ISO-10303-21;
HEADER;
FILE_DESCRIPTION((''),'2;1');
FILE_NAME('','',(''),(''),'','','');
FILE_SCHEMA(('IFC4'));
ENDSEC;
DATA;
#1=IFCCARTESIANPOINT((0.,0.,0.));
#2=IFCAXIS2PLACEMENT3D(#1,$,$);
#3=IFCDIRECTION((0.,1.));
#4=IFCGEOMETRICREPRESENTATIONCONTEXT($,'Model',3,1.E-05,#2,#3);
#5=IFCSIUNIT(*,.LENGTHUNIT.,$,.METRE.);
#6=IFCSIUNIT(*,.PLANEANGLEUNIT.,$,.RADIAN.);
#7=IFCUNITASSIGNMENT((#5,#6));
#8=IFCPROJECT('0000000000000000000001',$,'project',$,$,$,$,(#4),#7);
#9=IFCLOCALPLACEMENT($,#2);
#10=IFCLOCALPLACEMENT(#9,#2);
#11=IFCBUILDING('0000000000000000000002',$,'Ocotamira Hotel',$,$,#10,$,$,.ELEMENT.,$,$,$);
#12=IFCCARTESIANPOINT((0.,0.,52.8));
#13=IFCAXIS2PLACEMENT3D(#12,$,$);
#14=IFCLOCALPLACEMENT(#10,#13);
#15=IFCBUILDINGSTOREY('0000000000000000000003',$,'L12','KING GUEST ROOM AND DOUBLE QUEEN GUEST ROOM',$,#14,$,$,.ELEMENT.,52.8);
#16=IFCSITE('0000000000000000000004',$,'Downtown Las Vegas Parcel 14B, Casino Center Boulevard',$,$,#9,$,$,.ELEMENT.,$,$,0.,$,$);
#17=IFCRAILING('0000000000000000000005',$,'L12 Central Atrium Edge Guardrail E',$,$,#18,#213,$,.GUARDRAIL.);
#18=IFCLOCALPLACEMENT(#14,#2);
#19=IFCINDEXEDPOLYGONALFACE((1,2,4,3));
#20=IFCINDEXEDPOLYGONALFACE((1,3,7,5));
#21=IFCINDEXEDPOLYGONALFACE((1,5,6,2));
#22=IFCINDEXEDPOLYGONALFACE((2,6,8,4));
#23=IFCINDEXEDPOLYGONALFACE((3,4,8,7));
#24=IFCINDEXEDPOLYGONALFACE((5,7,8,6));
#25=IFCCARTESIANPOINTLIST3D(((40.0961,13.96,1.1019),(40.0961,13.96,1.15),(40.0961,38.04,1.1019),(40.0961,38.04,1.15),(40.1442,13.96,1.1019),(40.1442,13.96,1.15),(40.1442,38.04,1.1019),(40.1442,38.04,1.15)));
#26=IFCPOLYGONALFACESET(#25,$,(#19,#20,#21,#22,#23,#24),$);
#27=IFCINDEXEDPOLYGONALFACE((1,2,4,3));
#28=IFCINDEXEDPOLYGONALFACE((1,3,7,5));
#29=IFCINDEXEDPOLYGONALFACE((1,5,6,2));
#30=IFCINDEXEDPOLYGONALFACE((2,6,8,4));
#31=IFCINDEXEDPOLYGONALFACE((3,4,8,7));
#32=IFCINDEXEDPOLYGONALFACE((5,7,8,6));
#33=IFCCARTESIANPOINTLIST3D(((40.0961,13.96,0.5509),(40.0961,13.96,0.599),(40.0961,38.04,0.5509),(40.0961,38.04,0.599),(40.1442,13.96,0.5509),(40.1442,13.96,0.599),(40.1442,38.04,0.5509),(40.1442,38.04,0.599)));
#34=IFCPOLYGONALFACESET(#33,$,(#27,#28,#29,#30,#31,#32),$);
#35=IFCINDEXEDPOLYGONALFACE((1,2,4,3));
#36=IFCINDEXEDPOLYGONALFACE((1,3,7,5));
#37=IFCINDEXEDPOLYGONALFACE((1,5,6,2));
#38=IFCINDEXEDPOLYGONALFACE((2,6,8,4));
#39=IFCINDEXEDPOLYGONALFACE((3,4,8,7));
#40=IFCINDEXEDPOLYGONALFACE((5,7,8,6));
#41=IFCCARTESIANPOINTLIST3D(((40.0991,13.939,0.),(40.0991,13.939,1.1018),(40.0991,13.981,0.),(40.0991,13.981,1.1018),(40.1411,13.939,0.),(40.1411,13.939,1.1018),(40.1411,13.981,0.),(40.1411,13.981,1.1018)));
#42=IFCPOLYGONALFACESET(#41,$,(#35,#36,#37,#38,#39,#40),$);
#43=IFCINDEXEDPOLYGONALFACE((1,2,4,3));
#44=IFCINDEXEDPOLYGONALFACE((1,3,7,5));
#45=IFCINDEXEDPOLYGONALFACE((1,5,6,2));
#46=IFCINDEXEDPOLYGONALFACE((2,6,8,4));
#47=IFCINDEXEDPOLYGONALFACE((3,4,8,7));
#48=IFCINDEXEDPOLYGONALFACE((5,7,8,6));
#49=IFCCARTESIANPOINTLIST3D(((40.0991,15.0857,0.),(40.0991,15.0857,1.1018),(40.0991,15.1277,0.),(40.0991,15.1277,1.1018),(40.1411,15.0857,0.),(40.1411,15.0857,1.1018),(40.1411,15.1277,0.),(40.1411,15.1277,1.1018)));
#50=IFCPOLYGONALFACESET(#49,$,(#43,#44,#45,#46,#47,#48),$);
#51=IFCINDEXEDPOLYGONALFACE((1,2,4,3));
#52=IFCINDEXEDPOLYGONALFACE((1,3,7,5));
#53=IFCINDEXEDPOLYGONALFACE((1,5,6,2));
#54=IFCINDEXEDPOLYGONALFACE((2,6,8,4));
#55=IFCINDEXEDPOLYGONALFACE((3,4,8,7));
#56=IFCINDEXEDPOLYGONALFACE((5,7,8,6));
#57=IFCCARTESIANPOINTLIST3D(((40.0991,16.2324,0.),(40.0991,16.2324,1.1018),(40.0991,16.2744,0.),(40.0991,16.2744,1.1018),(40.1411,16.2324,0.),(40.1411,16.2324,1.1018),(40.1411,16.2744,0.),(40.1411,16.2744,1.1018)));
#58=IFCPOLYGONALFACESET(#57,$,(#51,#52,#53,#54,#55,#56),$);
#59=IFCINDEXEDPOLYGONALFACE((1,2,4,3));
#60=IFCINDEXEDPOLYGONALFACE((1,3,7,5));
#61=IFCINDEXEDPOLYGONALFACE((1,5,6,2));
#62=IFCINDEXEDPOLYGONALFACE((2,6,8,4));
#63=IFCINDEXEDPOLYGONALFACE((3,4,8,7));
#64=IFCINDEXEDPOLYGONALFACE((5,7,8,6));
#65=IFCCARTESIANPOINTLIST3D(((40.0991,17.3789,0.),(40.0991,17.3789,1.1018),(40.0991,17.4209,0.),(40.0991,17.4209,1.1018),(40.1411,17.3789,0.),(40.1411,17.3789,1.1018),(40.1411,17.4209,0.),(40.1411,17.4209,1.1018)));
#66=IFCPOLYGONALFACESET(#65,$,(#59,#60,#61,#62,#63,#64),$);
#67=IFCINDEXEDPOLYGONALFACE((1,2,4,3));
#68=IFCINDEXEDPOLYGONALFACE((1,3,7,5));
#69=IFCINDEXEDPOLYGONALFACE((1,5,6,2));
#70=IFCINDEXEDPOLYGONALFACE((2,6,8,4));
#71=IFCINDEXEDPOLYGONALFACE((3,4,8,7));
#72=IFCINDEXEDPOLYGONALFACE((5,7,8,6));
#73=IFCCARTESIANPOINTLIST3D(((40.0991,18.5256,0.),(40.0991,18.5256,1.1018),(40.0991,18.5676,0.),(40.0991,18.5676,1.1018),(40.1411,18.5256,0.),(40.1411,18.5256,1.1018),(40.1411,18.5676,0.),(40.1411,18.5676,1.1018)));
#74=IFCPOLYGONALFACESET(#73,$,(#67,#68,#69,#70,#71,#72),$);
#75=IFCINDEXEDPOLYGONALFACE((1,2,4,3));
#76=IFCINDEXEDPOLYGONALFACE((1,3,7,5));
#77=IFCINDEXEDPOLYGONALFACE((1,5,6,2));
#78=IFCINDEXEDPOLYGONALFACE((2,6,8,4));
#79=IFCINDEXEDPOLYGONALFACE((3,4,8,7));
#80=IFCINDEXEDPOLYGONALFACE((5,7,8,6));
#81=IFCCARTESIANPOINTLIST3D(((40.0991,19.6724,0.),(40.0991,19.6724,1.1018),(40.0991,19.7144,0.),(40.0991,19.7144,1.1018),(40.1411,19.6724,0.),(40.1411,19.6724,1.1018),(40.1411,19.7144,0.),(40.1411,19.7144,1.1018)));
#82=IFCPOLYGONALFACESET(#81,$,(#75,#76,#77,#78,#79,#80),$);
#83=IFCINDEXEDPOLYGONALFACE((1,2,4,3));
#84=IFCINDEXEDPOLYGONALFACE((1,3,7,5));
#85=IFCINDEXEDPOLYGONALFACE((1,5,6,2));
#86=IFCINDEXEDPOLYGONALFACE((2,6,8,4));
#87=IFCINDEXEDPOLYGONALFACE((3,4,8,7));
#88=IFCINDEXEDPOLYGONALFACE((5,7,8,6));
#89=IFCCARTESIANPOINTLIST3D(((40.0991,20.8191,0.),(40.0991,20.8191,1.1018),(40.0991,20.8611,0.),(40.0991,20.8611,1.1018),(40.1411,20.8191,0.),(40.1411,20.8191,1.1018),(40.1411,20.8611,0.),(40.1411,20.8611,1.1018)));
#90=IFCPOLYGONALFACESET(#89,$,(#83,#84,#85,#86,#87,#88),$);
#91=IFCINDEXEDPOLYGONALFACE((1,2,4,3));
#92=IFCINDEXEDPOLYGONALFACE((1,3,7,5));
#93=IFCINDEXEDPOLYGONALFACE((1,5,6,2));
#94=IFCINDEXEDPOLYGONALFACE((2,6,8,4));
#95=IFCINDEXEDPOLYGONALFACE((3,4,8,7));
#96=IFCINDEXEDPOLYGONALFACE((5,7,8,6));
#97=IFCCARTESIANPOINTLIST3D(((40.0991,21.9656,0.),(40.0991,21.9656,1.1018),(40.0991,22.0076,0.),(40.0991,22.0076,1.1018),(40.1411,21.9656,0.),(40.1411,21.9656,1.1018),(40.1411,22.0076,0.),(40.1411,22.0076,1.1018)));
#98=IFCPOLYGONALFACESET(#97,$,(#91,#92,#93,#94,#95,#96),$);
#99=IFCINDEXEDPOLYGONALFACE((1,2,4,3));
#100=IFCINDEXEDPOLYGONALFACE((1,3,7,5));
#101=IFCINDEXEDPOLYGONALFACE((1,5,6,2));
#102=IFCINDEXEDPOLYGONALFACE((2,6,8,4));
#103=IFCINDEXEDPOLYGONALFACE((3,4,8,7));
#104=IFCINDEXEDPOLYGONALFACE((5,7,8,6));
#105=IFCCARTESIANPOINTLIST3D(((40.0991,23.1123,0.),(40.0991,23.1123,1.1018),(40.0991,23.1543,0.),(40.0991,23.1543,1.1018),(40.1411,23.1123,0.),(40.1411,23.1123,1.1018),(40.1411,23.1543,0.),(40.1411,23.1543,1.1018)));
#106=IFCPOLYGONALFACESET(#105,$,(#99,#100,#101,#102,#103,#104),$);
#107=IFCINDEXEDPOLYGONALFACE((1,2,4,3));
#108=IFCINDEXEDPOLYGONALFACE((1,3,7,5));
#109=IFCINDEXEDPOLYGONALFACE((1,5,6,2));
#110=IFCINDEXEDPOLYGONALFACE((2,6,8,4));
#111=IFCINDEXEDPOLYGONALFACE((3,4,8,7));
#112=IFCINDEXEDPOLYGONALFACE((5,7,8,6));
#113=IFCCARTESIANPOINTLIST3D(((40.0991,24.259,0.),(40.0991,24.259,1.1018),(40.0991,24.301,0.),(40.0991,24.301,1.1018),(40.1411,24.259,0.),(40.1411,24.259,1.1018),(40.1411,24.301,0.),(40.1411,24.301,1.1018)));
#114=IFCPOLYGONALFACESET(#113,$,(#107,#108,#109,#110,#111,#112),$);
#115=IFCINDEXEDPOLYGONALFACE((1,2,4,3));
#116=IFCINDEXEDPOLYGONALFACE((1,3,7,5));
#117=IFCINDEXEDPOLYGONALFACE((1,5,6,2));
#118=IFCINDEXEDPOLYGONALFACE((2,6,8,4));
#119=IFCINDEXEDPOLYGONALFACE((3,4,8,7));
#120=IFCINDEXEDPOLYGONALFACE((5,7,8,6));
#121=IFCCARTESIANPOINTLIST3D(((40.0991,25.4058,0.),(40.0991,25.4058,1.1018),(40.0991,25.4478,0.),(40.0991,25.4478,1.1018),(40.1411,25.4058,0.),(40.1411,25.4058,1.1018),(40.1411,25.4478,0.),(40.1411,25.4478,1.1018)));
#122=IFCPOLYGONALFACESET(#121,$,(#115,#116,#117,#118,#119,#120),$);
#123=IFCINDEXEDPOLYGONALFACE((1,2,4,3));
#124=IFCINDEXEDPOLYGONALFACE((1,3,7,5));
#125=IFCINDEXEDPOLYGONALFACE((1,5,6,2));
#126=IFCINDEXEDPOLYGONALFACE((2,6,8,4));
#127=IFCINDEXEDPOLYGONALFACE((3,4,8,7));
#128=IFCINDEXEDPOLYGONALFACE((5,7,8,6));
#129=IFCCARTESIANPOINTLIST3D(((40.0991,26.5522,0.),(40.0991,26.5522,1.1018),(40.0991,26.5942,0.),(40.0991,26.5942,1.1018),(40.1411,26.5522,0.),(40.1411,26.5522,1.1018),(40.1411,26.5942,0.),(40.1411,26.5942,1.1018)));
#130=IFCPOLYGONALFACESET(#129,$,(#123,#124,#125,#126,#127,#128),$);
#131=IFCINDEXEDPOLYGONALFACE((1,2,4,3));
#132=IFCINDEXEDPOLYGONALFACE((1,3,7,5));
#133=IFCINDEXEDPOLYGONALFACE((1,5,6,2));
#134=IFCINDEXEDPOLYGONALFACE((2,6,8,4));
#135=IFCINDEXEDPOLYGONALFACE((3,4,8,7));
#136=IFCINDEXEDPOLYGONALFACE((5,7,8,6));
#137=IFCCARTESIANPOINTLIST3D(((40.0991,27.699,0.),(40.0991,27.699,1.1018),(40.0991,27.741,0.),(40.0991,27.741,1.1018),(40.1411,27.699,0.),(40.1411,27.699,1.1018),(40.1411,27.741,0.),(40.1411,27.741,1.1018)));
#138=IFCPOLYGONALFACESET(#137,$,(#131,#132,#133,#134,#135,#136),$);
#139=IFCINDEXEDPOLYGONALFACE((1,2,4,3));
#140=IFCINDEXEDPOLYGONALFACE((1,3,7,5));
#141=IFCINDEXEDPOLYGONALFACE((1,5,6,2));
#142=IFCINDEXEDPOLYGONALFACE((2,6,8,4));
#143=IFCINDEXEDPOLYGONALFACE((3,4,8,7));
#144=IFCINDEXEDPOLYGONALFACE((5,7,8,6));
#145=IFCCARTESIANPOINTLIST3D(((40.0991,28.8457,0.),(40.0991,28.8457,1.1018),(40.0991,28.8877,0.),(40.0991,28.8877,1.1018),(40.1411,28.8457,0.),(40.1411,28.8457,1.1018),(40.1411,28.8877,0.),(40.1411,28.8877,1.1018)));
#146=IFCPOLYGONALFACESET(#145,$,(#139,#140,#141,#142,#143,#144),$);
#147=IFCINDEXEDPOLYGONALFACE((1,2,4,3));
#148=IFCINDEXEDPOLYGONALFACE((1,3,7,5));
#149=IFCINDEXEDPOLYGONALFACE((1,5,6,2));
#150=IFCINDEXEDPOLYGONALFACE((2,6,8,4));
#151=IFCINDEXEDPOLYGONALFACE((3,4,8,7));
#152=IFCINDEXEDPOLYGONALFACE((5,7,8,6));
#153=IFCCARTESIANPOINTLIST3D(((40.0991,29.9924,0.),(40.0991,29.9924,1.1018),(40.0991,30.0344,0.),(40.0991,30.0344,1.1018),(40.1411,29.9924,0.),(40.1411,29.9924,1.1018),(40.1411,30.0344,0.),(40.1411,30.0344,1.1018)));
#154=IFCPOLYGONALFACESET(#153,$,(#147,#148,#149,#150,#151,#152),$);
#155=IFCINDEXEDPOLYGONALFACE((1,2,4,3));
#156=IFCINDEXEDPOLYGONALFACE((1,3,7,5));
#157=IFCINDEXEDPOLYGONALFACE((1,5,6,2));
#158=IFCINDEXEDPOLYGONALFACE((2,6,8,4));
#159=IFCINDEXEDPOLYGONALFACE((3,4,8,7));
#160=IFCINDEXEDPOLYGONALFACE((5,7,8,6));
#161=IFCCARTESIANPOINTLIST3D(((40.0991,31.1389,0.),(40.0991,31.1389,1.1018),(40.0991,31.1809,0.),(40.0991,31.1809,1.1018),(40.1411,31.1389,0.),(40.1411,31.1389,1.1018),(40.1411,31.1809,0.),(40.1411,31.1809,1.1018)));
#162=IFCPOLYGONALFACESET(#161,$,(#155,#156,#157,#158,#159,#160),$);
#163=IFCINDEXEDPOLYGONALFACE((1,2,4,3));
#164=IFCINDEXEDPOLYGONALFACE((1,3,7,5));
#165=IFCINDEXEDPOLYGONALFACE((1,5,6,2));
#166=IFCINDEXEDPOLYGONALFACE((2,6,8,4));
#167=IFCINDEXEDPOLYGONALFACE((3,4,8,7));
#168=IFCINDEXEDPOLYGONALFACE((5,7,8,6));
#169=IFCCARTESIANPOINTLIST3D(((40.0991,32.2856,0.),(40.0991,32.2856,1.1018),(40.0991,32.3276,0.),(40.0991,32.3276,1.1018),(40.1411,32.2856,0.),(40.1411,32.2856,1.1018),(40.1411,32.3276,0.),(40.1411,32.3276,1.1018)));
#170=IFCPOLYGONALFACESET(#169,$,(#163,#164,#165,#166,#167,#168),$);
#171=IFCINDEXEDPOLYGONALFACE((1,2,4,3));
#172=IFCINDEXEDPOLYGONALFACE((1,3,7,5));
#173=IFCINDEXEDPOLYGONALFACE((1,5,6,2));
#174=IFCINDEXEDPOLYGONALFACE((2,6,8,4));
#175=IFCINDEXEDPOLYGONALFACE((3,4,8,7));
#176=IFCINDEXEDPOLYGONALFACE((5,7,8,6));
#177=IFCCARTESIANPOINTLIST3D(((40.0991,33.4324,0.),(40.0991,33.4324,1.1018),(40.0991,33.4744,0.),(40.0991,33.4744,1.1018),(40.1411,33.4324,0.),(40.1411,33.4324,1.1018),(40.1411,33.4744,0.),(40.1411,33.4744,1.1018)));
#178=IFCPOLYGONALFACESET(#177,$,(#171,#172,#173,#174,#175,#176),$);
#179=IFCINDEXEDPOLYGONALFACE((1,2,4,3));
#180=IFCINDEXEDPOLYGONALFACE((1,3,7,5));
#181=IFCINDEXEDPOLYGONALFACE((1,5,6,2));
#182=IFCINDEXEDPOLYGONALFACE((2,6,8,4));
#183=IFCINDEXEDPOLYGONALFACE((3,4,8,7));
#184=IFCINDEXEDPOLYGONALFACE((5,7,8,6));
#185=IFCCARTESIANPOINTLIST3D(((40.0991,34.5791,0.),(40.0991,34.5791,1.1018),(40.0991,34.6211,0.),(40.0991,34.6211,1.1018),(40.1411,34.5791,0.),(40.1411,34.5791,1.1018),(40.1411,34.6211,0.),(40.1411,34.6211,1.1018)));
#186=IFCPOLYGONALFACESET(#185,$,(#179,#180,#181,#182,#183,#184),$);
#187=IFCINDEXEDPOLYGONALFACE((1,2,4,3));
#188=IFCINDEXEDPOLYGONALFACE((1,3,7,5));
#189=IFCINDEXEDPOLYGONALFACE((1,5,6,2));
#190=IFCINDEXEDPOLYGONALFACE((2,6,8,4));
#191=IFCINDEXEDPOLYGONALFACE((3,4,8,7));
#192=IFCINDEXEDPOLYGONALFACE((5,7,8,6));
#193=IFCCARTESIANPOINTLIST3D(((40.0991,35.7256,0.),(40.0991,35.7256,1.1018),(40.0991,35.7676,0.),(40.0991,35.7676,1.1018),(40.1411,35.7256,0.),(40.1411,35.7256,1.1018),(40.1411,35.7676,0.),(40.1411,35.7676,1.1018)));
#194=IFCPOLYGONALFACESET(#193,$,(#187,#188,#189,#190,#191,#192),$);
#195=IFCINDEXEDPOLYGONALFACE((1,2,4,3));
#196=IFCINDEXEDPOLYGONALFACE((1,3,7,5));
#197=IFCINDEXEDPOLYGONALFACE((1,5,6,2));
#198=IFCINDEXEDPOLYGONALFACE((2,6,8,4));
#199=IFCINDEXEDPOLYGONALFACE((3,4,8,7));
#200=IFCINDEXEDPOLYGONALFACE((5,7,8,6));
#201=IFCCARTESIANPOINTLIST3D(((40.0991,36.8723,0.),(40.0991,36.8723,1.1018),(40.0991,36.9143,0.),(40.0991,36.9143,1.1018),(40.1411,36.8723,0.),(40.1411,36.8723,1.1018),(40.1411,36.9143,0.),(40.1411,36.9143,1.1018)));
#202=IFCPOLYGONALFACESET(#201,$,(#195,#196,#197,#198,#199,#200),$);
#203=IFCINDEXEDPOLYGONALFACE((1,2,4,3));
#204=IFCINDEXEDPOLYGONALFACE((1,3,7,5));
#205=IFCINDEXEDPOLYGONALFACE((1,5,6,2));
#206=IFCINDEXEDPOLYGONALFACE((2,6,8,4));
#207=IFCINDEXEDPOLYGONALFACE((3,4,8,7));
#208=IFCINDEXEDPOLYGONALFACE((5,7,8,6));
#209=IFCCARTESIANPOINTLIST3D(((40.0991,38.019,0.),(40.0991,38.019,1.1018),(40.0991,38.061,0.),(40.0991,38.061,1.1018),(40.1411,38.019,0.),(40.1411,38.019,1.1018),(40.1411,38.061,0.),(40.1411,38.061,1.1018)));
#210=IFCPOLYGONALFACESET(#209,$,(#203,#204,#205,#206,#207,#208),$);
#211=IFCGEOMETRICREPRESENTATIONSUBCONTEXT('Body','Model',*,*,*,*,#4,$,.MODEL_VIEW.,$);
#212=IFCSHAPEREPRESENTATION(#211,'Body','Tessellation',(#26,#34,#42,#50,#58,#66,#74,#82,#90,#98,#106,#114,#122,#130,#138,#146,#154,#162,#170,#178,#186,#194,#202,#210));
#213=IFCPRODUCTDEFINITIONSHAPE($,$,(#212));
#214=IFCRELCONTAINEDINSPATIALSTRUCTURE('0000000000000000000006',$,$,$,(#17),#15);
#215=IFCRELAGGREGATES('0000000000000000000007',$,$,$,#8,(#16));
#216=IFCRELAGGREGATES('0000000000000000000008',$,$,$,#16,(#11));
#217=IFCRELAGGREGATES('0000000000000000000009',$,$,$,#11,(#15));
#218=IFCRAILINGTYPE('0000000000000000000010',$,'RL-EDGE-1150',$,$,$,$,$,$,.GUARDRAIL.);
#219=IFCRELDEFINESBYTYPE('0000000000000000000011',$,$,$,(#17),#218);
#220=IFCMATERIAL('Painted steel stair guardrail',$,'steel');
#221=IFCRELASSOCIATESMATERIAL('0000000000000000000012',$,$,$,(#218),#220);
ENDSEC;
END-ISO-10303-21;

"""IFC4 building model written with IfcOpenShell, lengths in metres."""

from ifc_helpers import new_model, si_unit, direction, frame, origin, origin_2d, place, context, subcontext, project, spatial, rectangle, extrude, material, type_object, element, save


model = new_model("IFC4")

# Units and contexts
model_context = context("Model", 3, precision=1e-05, world=origin(), true_north=direction((0.0, 1.0)))
body_context = subcontext(model_context, "Body", "Model", "MODEL_VIEW")
ifc_project = project(units=[si_unit("LENGTHUNIT", "METRE"), si_unit("PLANEANGLEUNIT", "RADIAN")], contexts=[model_context])

# Site, building, storey
site_placement = place(None, origin())
site = spatial("IfcSite", under=ifc_project, at=site_placement, Name="Downtown Las Vegas Parcel 14B, Casino Center Boulevard", CompositionType="ELEMENT", RefElevation=0.0)
building_placement = place(site_placement, origin())
building = spatial("IfcBuilding", under=site, at=building_placement, Name="Ocotamira Hotel", CompositionType="ELEMENT")
storey_placement = place(building_placement, frame((0.0, 0.0, 52.8)))
storey = spatial("IfcBuildingStorey", under=building, at=storey_placement, Name="L12", Description="KING GUEST ROOM AND DOUBLE QUEEN GUEST ROOM", CompositionType="ELEMENT", Elevation=52.8)

# Railing
ifc_material_1 = material(Name="Painted steel stair guardrail", Category="steel")
railing_type = type_object("IfcRailingType", Name="RL-EDGE-1150", PredefinedType="GUARDRAIL", material=ifc_material_1)
railing_placement = place(storey_placement, frame((40.1201, 13.96, 0.0)))
element("IfcRailing", 1, at=railing_placement, inside=storey, type_object=railing_type, Name="L12 Central Atrium Edge Guardrail E", PredefinedType="GUARDRAIL", context=body_context, shape_type="SweptSolid", body=[
    extrude(rectangle(XDim=0.0481, YDim=0.0481, at=origin_2d()), frame((0.0, 0.0, 1.126), z_axis=(0.0, 1.0, 0.0), x_axis=(-1.0, 0.0, 0.0)), (0.0, 0.0, 1.0), 24.0801),
    extrude(rectangle(XDim=0.0481, YDim=0.0481, at=origin_2d()), frame((0.0, 0.0, 0.575), z_axis=(0.0, 1.0, 0.0), x_axis=(-1.0, 0.0, 0.0)), (0.0, 0.0, 1.0), 24.0801),
    extrude(rectangle(XDim=0.042, YDim=0.042, at=origin_2d()), origin(), (0.0, 0.0, 1.0), 1.1018),
    extrude(rectangle(XDim=0.042, YDim=0.042, at=origin_2d()), frame((0.0, 1.1467, 0.0)), (0.0, 0.0, 1.0), 1.1018),
    extrude(rectangle(XDim=0.042, YDim=0.042, at=origin_2d()), frame((0.0, 2.2935, 0.0)), (0.0, 0.0, 1.0), 1.1018),
    extrude(rectangle(XDim=0.042, YDim=0.042, at=origin_2d()), frame((0.0, 3.4399, 0.0)), (0.0, 0.0, 1.0), 1.1018),
    extrude(rectangle(XDim=0.042, YDim=0.042, at=origin_2d()), frame((0.0, 4.5867, 0.0)), (0.0, 0.0, 1.0), 1.1018),
    extrude(rectangle(XDim=0.042, YDim=0.042, at=origin_2d()), frame((0.0, 5.7334, 0.0)), (0.0, 0.0, 1.0), 1.1018),
    extrude(rectangle(XDim=0.042, YDim=0.042, at=origin_2d()), frame((0.0, 6.8801, 0.0)), (0.0, 0.0, 1.0), 1.1018),
    extrude(rectangle(XDim=0.042, YDim=0.042, at=origin_2d()), frame((0.0, 8.0266, 0.0)), (0.0, 0.0, 1.0), 1.1018),
    extrude(rectangle(XDim=0.042, YDim=0.042, at=origin_2d()), frame((0.0, 9.1733, 0.0)), (0.0, 0.0, 1.0), 1.1018),
    extrude(rectangle(XDim=0.042, YDim=0.042, at=origin_2d()), frame((0.0, 10.3201, 0.0)), (0.0, 0.0, 1.0), 1.1018),
    extrude(rectangle(XDim=0.042, YDim=0.042, at=origin_2d()), frame((0.0, 11.4668, 0.0)), (0.0, 0.0, 1.0), 1.1018),
    extrude(rectangle(XDim=0.042, YDim=0.042, at=origin_2d()), frame((0.0, 12.6133, 0.0)), (0.0, 0.0, 1.0), 1.1018),
    extrude(rectangle(XDim=0.042, YDim=0.042, at=origin_2d()), frame((0.0, 13.76, 0.0)), (0.0, 0.0, 1.0), 1.1018),
    extrude(rectangle(XDim=0.042, YDim=0.042, at=origin_2d()), frame((0.0, 14.9067, 0.0)), (0.0, 0.0, 1.0), 1.1018),
    extrude(rectangle(XDim=0.042, YDim=0.042, at=origin_2d()), frame((0.0, 16.0535, 0.0)), (0.0, 0.0, 1.0), 1.1018),
    extrude(rectangle(XDim=0.042, YDim=0.042, at=origin_2d()), frame((0.0, 17.2, 0.0)), (0.0, 0.0, 1.0), 1.1018),
    extrude(rectangle(XDim=0.042, YDim=0.042, at=origin_2d()), frame((0.0, 18.3467, 0.0)), (0.0, 0.0, 1.0), 1.1018),
    extrude(rectangle(XDim=0.042, YDim=0.042, at=origin_2d()), frame((0.0, 19.4934, 0.0)), (0.0, 0.0, 1.0), 1.1018),
    extrude(rectangle(XDim=0.042, YDim=0.042, at=origin_2d()), frame((0.0, 20.6401, 0.0)), (0.0, 0.0, 1.0), 1.1018),
    extrude(rectangle(XDim=0.042, YDim=0.042, at=origin_2d()), frame((0.0, 21.7866, 0.0)), (0.0, 0.0, 1.0), 1.1018),
    extrude(rectangle(XDim=0.042, YDim=0.042, at=origin_2d()), frame((0.0, 22.9333, 0.0)), (0.0, 0.0, 1.0), 1.1018),
    extrude(rectangle(XDim=0.042, YDim=0.042, at=origin_2d()), frame((0.0, 24.0801, 0.0)), (0.0, 0.0, 1.0), 1.1018),
])

save(model, "model.ifc")
